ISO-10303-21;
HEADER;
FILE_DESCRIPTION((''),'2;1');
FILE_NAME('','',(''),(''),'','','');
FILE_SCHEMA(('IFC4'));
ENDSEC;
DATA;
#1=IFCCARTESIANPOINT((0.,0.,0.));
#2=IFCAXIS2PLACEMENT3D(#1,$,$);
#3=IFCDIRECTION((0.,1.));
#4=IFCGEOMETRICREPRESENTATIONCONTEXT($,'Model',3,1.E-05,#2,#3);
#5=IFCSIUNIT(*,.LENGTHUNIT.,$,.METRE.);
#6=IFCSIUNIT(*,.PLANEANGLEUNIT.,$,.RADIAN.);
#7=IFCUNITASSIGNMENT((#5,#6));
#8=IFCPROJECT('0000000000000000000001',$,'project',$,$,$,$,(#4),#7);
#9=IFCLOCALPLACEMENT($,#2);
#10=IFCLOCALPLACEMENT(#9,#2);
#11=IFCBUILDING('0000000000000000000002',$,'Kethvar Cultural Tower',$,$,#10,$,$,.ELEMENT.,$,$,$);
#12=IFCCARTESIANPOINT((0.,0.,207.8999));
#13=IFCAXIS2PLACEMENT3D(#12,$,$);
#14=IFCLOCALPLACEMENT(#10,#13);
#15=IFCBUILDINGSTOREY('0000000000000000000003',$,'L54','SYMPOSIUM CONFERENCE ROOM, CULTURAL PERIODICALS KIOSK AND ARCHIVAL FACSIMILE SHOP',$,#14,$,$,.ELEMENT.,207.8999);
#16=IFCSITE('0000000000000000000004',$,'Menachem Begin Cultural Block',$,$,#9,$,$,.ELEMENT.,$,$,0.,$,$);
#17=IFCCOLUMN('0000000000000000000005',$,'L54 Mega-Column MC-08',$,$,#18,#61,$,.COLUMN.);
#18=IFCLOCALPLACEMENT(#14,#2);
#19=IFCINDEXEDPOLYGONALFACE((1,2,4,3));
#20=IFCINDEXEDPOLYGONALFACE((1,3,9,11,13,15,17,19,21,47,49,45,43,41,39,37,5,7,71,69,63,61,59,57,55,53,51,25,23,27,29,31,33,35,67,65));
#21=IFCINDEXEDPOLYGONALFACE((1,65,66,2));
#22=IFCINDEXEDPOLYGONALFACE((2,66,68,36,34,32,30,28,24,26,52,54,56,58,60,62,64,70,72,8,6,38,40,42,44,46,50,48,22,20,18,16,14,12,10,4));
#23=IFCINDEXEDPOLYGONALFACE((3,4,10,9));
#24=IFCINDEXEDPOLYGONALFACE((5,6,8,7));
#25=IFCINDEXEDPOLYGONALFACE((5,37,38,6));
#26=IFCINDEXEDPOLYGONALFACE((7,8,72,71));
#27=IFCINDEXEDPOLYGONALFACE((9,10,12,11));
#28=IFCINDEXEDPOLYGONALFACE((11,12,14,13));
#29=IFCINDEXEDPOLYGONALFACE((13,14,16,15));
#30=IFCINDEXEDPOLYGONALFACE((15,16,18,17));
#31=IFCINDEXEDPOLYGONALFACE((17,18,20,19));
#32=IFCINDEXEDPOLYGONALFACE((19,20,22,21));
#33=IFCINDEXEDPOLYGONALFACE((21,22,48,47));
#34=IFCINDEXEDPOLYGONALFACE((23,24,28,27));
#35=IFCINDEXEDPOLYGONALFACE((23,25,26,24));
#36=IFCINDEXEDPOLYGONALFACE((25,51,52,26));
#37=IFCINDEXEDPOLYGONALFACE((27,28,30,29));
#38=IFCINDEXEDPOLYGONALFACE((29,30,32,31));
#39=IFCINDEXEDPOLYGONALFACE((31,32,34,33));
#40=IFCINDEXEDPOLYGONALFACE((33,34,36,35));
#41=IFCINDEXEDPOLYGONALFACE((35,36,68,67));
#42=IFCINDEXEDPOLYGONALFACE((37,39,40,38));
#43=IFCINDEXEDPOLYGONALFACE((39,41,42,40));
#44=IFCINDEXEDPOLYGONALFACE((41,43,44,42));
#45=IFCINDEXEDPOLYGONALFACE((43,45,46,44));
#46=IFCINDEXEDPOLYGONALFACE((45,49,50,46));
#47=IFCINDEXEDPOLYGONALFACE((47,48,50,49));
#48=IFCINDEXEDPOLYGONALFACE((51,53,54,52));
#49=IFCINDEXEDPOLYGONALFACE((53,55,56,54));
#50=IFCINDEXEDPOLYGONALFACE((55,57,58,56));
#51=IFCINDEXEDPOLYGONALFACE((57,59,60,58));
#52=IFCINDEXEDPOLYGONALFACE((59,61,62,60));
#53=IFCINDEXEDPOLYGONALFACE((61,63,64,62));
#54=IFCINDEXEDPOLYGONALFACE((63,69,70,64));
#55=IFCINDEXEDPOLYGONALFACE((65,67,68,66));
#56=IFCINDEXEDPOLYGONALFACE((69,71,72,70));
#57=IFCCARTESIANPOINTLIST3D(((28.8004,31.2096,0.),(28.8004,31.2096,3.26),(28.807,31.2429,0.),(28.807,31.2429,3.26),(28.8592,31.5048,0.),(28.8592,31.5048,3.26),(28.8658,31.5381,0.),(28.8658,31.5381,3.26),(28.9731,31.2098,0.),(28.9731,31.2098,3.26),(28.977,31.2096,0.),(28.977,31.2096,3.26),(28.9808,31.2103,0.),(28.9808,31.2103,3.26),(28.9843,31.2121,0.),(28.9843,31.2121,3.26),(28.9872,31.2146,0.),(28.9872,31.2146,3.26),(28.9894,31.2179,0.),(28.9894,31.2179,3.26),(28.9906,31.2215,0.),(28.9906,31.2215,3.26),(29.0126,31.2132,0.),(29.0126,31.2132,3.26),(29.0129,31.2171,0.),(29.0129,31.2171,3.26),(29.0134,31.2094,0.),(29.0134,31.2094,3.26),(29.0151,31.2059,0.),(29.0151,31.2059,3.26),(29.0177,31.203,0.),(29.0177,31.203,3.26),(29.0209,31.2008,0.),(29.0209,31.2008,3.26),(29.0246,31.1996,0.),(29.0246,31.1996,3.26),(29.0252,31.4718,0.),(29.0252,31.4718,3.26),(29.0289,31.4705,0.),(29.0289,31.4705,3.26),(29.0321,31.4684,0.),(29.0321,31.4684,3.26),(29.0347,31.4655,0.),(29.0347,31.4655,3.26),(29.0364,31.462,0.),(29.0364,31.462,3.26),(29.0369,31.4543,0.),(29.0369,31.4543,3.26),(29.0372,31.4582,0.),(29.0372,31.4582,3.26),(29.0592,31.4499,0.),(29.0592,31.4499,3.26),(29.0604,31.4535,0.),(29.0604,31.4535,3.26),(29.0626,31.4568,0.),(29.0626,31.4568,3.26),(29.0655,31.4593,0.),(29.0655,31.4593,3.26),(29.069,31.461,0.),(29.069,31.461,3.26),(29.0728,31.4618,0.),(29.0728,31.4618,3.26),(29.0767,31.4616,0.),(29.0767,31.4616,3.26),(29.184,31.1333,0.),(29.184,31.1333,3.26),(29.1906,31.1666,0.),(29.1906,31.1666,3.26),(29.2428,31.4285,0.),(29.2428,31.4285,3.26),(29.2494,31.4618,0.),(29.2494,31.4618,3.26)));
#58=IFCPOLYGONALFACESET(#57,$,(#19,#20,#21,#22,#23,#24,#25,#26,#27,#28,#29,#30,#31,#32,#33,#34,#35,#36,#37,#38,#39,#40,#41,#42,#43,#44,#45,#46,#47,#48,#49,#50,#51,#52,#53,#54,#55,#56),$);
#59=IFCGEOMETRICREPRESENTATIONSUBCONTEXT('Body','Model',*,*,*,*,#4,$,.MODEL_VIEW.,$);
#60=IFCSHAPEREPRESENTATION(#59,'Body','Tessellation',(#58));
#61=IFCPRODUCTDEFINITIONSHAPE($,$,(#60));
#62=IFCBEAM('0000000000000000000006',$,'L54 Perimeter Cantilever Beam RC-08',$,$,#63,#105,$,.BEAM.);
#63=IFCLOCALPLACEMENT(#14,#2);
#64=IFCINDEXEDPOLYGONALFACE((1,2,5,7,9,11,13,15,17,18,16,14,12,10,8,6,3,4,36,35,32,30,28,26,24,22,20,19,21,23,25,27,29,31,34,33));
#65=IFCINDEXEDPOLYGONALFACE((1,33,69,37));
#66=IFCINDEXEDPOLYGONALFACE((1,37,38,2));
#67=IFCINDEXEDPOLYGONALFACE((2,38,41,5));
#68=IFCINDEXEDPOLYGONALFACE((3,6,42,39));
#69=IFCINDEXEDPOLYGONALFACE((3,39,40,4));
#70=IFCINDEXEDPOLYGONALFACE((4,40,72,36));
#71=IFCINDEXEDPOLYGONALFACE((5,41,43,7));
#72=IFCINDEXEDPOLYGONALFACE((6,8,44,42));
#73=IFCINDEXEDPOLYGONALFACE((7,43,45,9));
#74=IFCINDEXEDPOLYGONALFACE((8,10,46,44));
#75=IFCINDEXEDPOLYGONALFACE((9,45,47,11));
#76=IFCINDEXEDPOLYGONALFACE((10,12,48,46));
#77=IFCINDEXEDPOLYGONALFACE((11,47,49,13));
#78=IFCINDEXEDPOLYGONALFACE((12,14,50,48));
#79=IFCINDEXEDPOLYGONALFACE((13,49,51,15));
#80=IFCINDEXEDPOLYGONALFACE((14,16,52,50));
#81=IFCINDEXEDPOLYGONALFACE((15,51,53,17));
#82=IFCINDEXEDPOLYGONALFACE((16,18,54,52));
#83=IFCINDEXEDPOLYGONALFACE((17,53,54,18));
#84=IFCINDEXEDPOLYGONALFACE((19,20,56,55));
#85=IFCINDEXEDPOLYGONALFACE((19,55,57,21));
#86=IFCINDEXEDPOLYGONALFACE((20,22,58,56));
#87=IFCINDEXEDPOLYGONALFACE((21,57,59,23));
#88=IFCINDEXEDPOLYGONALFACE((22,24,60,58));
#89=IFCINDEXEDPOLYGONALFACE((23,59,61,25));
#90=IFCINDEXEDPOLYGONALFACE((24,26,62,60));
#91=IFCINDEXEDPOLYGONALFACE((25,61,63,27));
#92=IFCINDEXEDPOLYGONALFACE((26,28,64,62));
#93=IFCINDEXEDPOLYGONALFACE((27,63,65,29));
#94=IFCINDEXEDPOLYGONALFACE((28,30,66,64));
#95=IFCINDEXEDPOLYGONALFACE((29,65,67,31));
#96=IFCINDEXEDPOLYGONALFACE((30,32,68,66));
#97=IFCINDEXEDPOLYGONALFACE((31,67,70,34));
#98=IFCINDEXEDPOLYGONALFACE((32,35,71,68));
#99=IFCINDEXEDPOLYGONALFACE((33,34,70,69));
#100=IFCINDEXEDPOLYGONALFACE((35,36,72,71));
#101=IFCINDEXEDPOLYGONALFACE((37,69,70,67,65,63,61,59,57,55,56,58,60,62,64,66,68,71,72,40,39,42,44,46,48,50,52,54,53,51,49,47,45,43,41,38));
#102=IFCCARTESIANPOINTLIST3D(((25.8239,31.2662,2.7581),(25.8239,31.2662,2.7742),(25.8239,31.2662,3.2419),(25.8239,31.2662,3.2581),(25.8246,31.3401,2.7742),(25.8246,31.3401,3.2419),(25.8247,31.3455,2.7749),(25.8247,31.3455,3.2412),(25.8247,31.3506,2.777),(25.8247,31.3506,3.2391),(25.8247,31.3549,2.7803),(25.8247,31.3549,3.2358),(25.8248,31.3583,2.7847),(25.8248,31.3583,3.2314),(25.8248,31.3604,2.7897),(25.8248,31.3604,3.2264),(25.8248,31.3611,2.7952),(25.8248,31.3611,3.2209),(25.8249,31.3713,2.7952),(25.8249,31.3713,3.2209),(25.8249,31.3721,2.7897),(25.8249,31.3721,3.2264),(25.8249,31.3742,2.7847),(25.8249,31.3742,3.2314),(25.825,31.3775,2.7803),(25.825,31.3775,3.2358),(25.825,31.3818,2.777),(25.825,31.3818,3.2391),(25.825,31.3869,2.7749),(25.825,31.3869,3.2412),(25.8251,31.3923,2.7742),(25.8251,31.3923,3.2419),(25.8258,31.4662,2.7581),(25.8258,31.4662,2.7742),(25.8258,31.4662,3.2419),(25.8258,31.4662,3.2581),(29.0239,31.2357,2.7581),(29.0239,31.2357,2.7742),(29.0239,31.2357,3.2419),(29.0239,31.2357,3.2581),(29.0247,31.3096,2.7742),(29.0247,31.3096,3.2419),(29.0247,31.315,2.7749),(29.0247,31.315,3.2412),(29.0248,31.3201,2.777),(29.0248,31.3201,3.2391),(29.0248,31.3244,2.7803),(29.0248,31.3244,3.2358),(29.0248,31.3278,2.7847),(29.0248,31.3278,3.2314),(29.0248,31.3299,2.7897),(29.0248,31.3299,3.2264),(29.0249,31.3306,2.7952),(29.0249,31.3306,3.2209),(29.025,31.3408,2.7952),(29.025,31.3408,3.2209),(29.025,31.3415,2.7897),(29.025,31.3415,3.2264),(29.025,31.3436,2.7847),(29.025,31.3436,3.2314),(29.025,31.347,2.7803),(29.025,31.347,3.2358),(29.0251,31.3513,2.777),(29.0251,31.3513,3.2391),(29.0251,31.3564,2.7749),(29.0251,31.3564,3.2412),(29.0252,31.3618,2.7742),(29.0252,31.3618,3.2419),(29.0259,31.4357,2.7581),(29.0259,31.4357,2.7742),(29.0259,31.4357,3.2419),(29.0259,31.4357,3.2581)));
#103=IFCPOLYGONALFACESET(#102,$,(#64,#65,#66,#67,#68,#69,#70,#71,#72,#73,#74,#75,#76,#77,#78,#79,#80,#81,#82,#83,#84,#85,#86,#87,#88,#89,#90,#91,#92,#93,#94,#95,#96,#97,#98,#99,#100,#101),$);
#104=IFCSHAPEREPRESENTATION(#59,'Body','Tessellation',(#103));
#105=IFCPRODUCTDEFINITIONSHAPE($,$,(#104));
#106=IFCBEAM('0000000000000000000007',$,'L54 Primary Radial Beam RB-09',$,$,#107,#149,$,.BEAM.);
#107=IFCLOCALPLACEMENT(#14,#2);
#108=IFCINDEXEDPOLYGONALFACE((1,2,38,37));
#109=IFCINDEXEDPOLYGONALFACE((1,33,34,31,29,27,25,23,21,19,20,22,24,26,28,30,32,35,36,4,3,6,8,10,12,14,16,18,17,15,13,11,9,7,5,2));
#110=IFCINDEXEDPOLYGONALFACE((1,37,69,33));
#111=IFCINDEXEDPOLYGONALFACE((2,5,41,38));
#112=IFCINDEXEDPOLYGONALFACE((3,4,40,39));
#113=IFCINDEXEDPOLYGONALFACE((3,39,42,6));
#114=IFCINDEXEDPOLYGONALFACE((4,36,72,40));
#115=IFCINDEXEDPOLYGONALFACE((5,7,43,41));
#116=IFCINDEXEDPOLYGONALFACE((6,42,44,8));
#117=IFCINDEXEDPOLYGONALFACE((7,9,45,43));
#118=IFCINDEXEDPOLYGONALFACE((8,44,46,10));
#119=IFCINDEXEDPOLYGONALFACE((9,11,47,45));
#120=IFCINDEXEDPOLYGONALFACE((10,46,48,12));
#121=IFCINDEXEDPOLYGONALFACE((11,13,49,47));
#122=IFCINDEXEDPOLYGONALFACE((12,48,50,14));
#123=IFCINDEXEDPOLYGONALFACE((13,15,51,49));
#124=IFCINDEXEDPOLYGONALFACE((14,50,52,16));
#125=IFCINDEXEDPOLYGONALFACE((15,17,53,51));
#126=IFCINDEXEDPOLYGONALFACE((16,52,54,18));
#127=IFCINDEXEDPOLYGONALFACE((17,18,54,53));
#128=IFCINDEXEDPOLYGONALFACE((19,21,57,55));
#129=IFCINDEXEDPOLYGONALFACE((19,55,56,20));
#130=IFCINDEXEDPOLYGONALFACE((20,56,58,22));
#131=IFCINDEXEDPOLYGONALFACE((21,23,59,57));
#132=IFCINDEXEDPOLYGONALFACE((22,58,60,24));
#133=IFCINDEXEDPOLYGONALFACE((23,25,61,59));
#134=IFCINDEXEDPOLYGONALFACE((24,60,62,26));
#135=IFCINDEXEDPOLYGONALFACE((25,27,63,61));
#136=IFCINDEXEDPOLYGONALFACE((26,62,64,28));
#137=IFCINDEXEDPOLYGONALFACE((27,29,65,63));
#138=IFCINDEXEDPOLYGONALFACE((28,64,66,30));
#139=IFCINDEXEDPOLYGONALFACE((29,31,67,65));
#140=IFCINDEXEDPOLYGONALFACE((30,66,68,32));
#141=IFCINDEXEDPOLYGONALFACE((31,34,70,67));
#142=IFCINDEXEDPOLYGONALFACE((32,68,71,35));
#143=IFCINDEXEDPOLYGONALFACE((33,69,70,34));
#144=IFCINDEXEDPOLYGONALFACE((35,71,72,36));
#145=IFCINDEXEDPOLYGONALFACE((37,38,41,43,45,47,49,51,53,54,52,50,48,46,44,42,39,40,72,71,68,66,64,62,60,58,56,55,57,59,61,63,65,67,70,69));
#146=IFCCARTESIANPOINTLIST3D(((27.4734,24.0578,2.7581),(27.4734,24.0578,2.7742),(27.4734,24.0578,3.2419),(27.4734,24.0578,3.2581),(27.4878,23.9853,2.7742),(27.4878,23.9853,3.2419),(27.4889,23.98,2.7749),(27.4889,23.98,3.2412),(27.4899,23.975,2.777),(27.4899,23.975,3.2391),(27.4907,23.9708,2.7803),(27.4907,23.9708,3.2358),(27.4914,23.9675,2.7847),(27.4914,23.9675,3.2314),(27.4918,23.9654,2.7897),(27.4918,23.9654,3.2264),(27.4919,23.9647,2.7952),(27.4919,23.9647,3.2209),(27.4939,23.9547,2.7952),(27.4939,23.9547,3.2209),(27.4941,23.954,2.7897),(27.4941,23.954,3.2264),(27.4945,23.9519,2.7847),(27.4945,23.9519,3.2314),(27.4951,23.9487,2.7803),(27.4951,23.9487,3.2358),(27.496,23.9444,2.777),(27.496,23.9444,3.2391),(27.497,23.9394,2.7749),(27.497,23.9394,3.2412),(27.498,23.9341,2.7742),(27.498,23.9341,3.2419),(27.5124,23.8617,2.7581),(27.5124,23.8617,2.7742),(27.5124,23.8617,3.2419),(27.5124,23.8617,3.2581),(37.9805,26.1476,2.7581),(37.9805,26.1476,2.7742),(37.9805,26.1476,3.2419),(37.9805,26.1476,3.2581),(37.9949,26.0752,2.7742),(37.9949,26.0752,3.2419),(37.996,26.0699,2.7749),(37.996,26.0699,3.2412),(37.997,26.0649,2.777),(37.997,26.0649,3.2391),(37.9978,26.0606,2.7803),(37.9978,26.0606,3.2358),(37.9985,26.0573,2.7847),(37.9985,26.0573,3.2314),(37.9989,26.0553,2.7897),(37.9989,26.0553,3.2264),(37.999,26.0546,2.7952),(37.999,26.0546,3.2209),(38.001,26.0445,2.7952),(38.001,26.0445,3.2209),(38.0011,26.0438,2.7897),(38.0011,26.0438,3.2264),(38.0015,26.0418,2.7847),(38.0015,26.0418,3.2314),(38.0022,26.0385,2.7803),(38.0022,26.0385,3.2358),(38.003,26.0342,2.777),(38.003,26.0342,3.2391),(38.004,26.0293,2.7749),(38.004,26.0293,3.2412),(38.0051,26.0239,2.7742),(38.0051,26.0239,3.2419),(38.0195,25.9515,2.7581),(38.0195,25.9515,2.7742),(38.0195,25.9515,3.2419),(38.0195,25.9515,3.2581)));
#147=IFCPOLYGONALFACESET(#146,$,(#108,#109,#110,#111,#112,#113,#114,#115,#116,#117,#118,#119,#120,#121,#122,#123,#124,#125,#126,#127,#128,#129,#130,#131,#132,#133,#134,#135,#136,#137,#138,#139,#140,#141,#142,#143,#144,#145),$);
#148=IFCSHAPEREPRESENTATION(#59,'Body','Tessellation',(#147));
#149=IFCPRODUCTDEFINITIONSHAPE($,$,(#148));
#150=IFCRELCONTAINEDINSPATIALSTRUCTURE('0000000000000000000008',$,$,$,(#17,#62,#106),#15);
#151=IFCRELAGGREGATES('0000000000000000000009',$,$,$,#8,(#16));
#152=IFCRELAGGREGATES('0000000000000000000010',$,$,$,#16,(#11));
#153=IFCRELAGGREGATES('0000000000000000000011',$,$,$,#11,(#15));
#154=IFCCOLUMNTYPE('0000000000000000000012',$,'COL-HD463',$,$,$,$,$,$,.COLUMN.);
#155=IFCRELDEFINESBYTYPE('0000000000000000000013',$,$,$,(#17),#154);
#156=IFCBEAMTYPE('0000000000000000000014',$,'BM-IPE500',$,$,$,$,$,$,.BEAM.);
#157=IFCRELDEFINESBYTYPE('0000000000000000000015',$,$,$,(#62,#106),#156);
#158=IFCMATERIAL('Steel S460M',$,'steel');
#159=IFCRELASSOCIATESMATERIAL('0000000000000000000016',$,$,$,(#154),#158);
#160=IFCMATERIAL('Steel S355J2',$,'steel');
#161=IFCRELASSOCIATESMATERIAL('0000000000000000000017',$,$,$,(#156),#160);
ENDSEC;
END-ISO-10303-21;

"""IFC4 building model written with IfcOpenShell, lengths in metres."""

from ifc_helpers import new_model, si_unit, direction, frame, origin, origin_2d, place, context, subcontext, project, spatial, i_section, extrude, source, transform, mapped, material, material_profile, profile_set, type_object, element, save


model = new_model("IFC4")

# Units and contexts
model_context = context("Model", 3, precision=1e-05, world=origin(), true_north=direction((0.0, 1.0)))
body_context = subcontext(model_context, "Body", "Model", "MODEL_VIEW")
ifc_project = project(units=[si_unit("LENGTHUNIT", "METRE"), si_unit("PLANEANGLEUNIT", "RADIAN")], contexts=[model_context])

# Site, building, storey
site_placement = place(None, origin())
site = spatial("IfcSite", under=ifc_project, at=site_placement, Name="Menachem Begin Cultural Block", CompositionType="ELEMENT", RefElevation=0.0)
building_placement = place(site_placement, origin())
building = spatial("IfcBuilding", under=site, at=building_placement, Name="Kethvar Cultural Tower", CompositionType="ELEMENT")
storey_placement = place(building_placement, frame((0.0, 0.0, 207.8999)))
storey = spatial("IfcBuildingStorey", under=building, at=storey_placement, Name="L54", Description="SYMPOSIUM CONFERENCE ROOM, CULTURAL PERIODICALS KIOSK AND ARCHIVAL FACSIMILE SHOP", CompositionType="ELEMENT", Elevation=207.8999)

# Column
ifc_material_1 = material(Name="Steel S460M", Category="steel")
ifc_material_profile_1 = material_profile(ifc_material_1, i_section(OverallWidth=0.3911, OverallDepth=0.335, WebThickness=0.0227, FlangeThickness=0.0339, FilletRadius=0.0149, at=origin_2d()), Name="Steel S460M — HD400x463")
ifc_profile_set_1 = profile_set([ifc_material_profile_1], Name="Steel S460M — HD400x463")
column_type = type_object("IfcColumnType", Name="COL-HD463", PredefinedType="COLUMN", material=ifc_profile_set_1)
shared_shape_1 = source(origin(), body_context, "Body", "SweptSolid", [
    extrude(i_section(OverallWidth=0.3911, OverallDepth=0.335, WebThickness=0.0227, FlangeThickness=0.0339, FilletRadius=0.0149, at=origin_2d()), origin(), (0.0, 0.0, 1.0), 3.26),
])
column_placement = place(storey_placement, frame((29.0249, 31.3357, 0.0), z_axis=(0.0, 0.0, 1.0), x_axis=(-0.980785, 0.19509, 0.0)))
element("IfcColumn", 1, at=column_placement, inside=storey, type_object=column_type, Name="L54 Mega-Column MC-08", PredefinedType="COLUMN", context=body_context, shape_type="MappedRepresentation", body=[
    mapped(shared_shape_1, transform((0.0, 0.0, 0.0), scale=1.0)),
])

# Beams
ifc_material_2 = material(Name="Steel S355J2", Category="steel")
ifc_material_profile_2 = material_profile(ifc_material_2, i_section(OverallWidth=0.2, OverallDepth=0.5, WebThickness=0.0103, FlangeThickness=0.0161, FilletRadius=0.021, at=origin_2d()), Name="Steel S355J2 — IPE500")
ifc_profile_set_2 = profile_set([ifc_material_profile_2], Name="Steel S355J2 — IPE500")
beam_type_1 = type_object("IfcBeamType", Name="BM-IPE500", PredefinedType="BEAM", material=ifc_profile_set_2)
shared_shape_2 = source(origin(), body_context, "Body", "SweptSolid", [
    extrude(i_section(OverallWidth=0.2, OverallDepth=0.5, WebThickness=0.0103, FlangeThickness=0.0161, FilletRadius=0.021, at=origin_2d()), origin(), (0.0, 0.0, 1.0), 3.2002),
])
beam_1_placement = place(storey_placement, frame((29.0249, 31.3357, 3.0081), z_axis=(-0.999955, 0.009536, 0.0), x_axis=(-0.009536, -0.999955, 0.0)))
element("IfcBeam", 2, at=beam_1_placement, inside=storey, type_object=beam_type_1, Name="L54 Perimeter Cantilever Beam RC-08", PredefinedType="BEAM", context=body_context, shape_type="MappedRepresentation", body=[
    mapped(shared_shape_2, transform((0.0, 0.0, 0.0), scale=1.0)),
])
shared_shape_3 = source(origin(), body_context, "Body", "SweptSolid", [
    extrude(i_section(OverallWidth=0.2, OverallDepth=0.5, WebThickness=0.0103, FlangeThickness=0.0161, FilletRadius=0.021, at=origin_2d()), origin(), (0.0, 0.0, 1.0), 10.7129),
])
beam_2_placement = place(storey_placement, frame((38.0, 26.0496, 3.0081), z_axis=(-0.980788, -0.195077, 0.0), x_axis=(0.195077, -0.980788, 0.0)))
element("IfcBeam", 3, at=beam_2_placement, inside=storey, type_object=beam_type_1, Name="L54 Primary Radial Beam RB-09", PredefinedType="BEAM", context=body_context, shape_type="MappedRepresentation", body=[
    mapped(shared_shape_3, transform((0.0, 0.0, 0.0), scale=1.0)),
])

save(model, "model.ifc")
